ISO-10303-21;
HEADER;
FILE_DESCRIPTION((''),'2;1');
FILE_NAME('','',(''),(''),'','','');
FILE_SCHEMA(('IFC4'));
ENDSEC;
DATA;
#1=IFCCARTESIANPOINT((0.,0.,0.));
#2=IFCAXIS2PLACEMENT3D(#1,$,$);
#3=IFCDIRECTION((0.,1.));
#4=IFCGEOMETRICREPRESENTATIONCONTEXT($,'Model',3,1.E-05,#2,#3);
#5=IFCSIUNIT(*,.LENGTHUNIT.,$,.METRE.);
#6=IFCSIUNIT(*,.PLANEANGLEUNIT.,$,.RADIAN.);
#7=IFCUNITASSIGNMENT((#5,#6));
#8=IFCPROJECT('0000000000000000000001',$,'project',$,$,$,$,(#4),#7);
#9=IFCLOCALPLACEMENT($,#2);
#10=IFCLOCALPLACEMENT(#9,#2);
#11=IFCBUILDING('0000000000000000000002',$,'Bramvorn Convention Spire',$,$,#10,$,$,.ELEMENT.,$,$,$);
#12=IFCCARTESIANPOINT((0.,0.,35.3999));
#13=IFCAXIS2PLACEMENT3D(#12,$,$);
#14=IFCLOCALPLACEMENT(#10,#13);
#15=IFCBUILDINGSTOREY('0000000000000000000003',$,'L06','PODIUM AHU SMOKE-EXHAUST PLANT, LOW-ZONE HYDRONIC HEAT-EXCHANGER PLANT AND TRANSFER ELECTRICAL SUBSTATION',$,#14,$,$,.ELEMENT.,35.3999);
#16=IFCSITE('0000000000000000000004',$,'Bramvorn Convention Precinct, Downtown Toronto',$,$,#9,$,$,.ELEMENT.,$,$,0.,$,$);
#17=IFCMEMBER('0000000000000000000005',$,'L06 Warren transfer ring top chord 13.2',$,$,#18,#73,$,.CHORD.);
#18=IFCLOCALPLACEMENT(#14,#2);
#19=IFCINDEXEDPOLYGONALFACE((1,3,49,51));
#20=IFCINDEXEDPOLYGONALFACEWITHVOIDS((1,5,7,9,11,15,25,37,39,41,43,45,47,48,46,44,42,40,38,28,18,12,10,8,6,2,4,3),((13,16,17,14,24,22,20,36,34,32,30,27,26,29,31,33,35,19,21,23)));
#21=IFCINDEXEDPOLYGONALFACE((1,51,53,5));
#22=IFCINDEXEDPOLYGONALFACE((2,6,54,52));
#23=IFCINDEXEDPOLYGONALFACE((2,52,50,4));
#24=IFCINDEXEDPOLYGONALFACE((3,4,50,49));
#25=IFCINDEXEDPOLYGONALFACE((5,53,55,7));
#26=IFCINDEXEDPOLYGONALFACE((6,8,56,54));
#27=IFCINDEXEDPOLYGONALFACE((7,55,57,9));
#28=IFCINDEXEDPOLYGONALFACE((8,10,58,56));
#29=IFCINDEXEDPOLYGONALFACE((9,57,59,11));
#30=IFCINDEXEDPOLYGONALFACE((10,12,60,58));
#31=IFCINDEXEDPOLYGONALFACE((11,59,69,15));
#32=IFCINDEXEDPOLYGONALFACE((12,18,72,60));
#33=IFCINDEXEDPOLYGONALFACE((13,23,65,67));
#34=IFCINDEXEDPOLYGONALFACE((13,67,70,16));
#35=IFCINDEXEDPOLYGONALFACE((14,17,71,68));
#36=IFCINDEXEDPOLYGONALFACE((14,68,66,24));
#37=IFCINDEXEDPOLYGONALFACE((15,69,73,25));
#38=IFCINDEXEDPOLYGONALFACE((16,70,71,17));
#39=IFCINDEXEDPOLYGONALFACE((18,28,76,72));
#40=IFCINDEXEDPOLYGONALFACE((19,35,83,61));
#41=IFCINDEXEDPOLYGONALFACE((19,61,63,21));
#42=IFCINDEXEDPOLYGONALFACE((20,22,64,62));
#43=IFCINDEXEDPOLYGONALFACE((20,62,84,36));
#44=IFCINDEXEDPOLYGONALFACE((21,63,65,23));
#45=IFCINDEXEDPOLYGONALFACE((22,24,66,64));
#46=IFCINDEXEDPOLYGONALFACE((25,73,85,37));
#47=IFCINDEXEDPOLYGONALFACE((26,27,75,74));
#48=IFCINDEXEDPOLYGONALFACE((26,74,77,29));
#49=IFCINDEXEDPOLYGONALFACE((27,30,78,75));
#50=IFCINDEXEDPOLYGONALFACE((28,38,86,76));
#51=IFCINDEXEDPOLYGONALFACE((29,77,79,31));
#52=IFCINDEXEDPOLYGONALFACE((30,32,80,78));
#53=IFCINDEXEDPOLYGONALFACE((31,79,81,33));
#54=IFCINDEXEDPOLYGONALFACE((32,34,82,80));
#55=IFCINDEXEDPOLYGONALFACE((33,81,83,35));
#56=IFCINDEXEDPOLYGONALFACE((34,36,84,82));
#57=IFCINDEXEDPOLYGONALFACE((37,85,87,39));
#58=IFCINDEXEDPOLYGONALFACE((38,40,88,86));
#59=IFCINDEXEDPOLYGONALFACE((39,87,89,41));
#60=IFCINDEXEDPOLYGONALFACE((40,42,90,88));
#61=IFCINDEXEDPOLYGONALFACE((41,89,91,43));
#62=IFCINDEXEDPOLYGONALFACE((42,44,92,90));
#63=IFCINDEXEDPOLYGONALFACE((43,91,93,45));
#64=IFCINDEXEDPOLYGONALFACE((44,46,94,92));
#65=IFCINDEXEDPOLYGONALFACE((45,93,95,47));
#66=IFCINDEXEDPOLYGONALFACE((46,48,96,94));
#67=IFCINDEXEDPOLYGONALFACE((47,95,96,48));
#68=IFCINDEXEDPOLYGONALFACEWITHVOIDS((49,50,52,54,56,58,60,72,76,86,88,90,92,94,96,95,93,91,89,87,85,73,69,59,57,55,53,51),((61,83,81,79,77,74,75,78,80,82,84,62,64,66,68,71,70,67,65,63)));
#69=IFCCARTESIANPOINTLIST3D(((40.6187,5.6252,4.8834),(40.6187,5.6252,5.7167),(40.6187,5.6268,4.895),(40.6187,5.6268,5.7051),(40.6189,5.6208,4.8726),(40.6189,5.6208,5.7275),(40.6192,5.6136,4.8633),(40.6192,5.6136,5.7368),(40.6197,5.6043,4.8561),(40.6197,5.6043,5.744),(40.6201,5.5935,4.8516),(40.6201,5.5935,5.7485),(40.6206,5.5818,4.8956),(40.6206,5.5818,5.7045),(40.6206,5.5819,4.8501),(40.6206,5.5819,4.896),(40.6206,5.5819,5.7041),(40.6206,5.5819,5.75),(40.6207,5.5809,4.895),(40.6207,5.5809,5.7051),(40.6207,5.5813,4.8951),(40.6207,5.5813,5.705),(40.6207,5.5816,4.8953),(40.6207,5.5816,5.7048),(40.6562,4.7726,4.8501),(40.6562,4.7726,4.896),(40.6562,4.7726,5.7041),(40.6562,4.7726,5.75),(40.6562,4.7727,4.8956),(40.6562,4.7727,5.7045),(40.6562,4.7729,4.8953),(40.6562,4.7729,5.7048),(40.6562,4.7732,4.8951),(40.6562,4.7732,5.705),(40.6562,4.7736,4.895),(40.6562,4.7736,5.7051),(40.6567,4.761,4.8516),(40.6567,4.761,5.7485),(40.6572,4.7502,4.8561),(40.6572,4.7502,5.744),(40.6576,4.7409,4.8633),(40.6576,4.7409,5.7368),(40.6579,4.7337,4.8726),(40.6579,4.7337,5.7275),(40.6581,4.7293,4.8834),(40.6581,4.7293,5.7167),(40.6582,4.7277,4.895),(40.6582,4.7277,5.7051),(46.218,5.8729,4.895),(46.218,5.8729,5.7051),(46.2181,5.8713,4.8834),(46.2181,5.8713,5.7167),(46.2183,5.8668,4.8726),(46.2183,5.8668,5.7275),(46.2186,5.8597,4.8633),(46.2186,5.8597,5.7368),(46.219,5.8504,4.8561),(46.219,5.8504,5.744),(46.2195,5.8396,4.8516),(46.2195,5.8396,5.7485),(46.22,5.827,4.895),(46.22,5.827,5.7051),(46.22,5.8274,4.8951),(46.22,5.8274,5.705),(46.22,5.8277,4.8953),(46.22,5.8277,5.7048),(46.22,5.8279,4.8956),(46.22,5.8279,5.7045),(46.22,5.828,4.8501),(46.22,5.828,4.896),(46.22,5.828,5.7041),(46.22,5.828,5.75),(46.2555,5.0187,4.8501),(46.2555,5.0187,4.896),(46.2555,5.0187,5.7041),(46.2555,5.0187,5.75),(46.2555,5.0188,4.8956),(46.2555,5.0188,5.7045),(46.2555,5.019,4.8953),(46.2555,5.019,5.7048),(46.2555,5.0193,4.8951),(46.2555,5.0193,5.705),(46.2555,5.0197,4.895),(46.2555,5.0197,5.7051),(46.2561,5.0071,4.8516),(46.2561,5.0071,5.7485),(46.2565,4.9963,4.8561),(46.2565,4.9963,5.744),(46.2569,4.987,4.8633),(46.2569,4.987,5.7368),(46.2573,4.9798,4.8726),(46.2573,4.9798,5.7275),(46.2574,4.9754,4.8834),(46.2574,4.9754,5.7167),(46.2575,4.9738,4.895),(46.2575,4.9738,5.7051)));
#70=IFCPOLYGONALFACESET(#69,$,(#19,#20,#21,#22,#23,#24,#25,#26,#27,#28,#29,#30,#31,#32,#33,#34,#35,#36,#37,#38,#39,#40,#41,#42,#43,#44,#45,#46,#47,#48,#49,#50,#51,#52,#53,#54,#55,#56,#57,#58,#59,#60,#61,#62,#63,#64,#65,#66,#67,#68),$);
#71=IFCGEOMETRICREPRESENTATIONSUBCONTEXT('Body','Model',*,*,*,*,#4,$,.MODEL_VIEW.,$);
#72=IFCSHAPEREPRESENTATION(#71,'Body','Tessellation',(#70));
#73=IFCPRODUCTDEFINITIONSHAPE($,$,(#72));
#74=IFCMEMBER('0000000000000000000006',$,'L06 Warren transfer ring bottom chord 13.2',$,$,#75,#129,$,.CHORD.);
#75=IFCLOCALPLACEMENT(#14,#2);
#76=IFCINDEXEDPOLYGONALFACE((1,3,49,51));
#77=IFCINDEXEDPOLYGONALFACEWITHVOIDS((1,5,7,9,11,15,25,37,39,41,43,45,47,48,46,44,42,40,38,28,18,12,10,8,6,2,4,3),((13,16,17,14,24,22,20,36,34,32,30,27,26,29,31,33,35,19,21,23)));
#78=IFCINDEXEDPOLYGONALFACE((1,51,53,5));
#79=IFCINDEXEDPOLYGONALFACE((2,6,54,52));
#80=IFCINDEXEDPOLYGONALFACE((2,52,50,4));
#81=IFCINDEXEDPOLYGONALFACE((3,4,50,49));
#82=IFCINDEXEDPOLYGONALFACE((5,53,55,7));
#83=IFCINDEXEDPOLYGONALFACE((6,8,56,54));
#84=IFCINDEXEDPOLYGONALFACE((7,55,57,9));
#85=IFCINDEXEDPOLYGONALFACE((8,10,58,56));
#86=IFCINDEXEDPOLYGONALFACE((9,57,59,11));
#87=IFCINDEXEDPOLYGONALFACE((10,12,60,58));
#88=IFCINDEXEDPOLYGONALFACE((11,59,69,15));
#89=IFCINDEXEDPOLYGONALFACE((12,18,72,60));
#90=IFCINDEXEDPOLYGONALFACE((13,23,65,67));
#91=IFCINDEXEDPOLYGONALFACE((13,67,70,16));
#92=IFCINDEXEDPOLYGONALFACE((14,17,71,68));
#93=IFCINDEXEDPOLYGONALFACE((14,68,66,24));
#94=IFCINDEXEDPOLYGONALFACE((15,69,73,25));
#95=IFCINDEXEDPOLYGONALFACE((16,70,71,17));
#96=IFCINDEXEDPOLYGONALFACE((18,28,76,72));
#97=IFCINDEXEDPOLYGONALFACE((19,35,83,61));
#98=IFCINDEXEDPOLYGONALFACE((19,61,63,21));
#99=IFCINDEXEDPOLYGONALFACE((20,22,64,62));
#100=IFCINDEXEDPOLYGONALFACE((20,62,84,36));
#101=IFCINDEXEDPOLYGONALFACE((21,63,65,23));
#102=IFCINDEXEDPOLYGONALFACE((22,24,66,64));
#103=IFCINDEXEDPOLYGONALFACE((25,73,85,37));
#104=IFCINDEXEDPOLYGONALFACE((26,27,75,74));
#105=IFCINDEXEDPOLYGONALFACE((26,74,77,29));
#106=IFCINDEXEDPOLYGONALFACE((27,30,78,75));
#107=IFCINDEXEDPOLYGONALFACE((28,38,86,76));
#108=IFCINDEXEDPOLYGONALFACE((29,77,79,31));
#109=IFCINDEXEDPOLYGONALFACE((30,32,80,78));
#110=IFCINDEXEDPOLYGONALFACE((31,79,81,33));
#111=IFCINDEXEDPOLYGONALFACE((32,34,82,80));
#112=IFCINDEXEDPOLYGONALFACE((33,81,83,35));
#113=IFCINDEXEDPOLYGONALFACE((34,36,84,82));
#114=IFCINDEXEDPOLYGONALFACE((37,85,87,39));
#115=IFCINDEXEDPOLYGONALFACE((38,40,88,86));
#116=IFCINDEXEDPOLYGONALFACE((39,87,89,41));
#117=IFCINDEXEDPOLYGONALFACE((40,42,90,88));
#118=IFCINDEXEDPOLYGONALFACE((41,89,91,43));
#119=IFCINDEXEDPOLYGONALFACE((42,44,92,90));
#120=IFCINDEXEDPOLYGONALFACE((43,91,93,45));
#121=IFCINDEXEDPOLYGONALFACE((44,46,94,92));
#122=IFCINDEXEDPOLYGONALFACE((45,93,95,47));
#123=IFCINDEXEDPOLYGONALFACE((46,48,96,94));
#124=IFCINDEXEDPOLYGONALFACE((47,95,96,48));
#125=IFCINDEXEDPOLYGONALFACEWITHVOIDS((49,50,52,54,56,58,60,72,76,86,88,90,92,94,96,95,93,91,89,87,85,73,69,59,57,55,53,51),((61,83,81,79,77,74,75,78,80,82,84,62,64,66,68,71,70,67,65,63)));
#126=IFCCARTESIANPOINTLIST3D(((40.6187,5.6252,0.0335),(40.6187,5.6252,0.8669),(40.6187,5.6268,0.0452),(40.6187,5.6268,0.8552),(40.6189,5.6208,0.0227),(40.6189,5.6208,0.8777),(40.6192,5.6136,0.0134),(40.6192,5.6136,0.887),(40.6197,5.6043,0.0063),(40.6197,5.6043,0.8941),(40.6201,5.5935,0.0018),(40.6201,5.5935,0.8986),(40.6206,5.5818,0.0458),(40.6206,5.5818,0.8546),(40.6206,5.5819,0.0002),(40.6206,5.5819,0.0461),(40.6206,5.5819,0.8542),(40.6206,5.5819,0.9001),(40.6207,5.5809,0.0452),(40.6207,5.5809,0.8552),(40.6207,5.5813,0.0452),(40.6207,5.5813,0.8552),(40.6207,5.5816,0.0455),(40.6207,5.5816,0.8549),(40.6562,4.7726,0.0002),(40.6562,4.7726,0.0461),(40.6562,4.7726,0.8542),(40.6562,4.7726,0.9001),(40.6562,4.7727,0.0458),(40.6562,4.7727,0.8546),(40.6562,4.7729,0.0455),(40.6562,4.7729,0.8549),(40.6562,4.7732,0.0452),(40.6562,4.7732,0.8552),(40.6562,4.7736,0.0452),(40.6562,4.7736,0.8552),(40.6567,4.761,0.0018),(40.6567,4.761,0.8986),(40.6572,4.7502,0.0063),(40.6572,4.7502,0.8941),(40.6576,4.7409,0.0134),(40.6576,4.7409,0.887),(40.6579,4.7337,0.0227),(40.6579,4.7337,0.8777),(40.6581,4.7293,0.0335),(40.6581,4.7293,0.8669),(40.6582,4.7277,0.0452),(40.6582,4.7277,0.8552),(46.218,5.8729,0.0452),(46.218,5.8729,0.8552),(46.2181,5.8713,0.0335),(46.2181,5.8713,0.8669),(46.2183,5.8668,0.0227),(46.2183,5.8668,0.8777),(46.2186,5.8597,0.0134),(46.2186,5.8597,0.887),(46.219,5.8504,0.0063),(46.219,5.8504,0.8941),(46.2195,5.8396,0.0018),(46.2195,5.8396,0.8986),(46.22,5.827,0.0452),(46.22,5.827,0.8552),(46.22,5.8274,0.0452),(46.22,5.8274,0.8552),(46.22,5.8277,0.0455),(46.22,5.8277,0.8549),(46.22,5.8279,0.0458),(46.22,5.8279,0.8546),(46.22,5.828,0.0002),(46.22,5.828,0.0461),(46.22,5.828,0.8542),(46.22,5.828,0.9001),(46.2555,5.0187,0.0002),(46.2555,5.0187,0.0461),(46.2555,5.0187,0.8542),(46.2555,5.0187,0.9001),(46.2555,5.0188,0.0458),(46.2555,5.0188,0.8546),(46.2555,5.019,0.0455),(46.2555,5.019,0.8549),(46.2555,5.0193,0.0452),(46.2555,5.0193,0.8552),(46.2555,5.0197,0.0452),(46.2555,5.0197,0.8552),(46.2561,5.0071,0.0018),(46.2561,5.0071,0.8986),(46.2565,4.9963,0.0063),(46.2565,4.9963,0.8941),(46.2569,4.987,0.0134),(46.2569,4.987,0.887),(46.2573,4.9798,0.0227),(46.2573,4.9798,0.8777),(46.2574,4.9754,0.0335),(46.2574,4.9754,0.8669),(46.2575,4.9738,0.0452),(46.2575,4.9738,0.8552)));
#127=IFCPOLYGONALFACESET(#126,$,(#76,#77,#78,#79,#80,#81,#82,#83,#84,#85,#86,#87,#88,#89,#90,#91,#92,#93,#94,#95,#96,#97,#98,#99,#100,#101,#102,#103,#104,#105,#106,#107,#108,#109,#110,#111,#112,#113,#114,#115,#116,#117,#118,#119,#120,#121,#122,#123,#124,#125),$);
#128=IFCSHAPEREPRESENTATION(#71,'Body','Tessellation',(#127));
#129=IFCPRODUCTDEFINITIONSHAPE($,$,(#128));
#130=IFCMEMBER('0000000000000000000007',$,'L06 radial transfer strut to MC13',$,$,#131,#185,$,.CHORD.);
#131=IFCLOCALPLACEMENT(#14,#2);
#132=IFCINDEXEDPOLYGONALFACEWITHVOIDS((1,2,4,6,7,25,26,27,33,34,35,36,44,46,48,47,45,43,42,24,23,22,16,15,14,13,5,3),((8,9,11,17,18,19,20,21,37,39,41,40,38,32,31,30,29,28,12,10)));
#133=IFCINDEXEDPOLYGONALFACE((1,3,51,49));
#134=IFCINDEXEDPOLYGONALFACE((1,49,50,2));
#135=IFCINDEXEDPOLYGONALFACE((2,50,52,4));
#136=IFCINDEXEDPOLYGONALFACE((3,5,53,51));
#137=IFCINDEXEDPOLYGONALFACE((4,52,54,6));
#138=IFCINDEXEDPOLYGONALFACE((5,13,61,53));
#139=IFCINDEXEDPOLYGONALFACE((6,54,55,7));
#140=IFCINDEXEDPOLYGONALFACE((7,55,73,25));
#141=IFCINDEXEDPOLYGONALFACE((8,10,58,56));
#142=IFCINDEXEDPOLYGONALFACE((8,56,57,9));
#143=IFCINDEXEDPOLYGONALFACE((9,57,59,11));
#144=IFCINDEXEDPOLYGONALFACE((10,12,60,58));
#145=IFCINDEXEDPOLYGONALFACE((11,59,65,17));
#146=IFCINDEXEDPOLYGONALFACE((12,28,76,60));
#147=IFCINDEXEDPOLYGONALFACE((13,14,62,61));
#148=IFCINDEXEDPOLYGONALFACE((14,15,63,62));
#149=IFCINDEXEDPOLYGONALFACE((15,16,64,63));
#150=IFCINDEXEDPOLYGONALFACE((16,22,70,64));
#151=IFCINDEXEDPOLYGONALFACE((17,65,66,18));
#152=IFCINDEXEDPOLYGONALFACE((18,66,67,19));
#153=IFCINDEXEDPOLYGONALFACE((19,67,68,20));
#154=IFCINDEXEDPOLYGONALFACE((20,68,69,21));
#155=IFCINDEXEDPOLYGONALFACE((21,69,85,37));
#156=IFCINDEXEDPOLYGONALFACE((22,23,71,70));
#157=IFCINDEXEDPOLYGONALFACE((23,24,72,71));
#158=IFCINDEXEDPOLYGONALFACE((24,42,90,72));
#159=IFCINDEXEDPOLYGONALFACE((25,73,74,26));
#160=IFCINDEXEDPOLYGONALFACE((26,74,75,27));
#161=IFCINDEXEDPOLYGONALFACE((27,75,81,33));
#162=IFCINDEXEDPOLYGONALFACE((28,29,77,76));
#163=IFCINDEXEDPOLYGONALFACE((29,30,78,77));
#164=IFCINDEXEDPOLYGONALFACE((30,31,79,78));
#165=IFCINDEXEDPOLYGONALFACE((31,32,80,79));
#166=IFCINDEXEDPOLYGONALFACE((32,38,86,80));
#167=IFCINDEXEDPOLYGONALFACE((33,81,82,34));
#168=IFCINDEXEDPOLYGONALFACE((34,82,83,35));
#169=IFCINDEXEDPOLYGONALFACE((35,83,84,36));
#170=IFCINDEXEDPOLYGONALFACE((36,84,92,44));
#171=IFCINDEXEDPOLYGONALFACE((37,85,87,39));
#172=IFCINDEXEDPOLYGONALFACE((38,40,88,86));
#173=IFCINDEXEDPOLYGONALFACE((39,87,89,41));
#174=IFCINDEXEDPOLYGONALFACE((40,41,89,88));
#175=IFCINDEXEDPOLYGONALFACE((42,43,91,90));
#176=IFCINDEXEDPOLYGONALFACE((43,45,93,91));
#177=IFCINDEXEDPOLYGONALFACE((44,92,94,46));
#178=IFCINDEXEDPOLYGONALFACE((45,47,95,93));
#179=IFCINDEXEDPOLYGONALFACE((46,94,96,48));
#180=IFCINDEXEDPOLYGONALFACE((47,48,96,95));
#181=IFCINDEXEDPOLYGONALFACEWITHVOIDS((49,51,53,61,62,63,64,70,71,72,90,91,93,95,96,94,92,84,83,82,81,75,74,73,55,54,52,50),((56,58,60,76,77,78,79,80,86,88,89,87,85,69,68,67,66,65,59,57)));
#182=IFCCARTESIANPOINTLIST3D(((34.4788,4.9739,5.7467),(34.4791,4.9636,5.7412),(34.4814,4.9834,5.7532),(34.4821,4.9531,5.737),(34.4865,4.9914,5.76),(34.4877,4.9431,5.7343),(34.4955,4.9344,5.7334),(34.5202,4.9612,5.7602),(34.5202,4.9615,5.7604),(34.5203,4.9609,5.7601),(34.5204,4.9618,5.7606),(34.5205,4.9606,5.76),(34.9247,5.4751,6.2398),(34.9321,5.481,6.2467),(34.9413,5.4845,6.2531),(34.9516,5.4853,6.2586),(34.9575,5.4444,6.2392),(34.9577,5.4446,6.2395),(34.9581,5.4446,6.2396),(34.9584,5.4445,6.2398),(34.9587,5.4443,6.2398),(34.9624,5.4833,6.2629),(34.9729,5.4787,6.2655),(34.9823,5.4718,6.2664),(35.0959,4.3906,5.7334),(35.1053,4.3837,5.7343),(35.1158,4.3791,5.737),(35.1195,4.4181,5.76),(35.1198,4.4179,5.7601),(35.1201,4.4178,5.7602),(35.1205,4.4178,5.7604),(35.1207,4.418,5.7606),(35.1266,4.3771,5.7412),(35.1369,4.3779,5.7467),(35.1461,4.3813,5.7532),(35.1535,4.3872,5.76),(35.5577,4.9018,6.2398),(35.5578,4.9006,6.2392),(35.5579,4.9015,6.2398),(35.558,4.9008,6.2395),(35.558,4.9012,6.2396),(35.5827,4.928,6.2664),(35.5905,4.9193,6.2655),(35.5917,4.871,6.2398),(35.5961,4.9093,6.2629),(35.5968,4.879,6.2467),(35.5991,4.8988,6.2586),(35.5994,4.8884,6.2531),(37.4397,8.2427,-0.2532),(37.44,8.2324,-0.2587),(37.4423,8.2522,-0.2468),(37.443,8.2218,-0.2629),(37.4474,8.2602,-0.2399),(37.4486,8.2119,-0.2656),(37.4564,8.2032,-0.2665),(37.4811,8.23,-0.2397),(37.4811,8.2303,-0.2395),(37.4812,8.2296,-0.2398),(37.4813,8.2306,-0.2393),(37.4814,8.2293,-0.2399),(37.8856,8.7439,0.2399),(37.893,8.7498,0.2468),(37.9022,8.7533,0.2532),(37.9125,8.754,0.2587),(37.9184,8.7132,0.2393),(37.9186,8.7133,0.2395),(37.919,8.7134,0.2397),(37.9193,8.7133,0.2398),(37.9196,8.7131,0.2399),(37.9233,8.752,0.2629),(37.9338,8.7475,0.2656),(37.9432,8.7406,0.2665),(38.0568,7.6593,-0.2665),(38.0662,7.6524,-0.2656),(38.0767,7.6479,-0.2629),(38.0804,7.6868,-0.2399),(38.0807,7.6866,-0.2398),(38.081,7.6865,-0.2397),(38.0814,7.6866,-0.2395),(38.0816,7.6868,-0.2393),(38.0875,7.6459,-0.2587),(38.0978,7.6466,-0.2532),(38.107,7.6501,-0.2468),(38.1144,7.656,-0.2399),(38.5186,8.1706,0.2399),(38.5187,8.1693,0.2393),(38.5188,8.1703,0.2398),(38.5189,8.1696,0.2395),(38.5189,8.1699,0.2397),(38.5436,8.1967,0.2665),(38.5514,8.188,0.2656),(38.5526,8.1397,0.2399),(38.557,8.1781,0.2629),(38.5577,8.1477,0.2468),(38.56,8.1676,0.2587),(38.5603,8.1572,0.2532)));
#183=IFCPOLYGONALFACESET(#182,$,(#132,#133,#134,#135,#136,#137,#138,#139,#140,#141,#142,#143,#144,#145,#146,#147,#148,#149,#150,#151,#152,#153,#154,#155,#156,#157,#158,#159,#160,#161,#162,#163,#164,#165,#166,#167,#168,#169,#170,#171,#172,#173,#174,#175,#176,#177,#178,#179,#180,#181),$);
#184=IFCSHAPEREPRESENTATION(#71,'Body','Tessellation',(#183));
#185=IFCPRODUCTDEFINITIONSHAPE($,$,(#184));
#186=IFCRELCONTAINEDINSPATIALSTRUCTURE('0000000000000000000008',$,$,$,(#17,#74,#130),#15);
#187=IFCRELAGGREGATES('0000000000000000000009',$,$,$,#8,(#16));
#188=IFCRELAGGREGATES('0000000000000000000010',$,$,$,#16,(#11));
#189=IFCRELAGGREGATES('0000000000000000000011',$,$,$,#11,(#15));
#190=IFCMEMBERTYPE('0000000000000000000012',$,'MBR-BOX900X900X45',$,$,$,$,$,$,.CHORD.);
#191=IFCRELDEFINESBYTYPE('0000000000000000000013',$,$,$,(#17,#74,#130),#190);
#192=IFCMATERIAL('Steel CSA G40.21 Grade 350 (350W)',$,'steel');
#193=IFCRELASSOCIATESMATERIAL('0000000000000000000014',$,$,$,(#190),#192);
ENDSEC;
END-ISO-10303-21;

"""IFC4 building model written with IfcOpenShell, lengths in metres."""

from ifc_helpers import new_model, si_unit, direction, frame, origin, origin_2d, place, context, subcontext, project, spatial, hollow_rectangle, extrude, material, material_profile, profile_set, type_object, element, save


model = new_model("IFC4")

# Units and contexts
model_context = context("Model", 3, precision=1e-05, world=origin(), true_north=direction((0.0, 1.0)))
body_context = subcontext(model_context, "Body", "Model", "MODEL_VIEW")
ifc_project = project(units=[si_unit("LENGTHUNIT", "METRE"), si_unit("PLANEANGLEUNIT", "RADIAN")], contexts=[model_context])

# Site, building, storey
site_placement = place(None, origin())
site = spatial("IfcSite", under=ifc_project, at=site_placement, Name="Bramvorn Convention Precinct, Downtown Toronto", CompositionType="ELEMENT", RefElevation=0.0)
building_placement = place(site_placement, origin())
building = spatial("IfcBuilding", under=site, at=building_placement, Name="Bramvorn Convention Spire", CompositionType="ELEMENT")
storey_placement = place(building_placement, frame((0.0, 0.0, 35.3999)))
storey = spatial("IfcBuildingStorey", under=building, at=storey_placement, Name="L06", Description="PODIUM AHU SMOKE-EXHAUST PLANT, LOW-ZONE HYDRONIC HEAT-EXCHANGER PLANT AND TRANSFER ELECTRICAL SUBSTATION", CompositionType="ELEMENT", Elevation=35.3999)

# Shared definitions
ifc_material_1 = material(Name="Steel CSA G40.21 Grade 350 (350W)", Category="steel")

# Members
ifc_material_profile_1 = material_profile(ifc_material_1, hollow_rectangle(XDim=0.8999, YDim=0.8999, WallThickness=0.0449, InnerFilletRadius=0.001, OuterFilletRadius=0.0449, at=origin_2d()))
ifc_profile_set_1 = profile_set([ifc_material_profile_1], Name="Steel CSA G40.21 Grade 350 (350W) - BOX900X900X45")
member_type_1 = type_object("IfcMemberType", Name="MBR-BOX900X900X45", PredefinedType="CHORD", material=ifc_profile_set_1)
for number, where, z_axis, x_axis, name in (
    (1, (40.6384, 5.1772, 5.3), (0.999036, 0.043908, 0.0), (-0.043908, 0.999036, 0.0), "L06 Warren transfer ring top chord 13.2"),
    (2, (40.6384, 5.1772, 0.4502), (0.999036, 0.043908, 0.0), (-0.043908, 0.999036, 0.0), "L06 Warren transfer ring bottom chord 13.2"),
):
    element("IfcMember", number, at=place(storey_placement, frame(where, z_axis=z_axis, x_axis=x_axis)), inside=storey, type_object=member_type_1, Name=name, PredefinedType="CHORD", context=body_context, shape_type="SweptSolid", body=[
        extrude(hollow_rectangle(XDim=0.8999, YDim=0.8999, WallThickness=0.0449, InnerFilletRadius=0.001, OuterFilletRadius=0.0449, at=origin_2d()), origin(), (0.0, 0.0, 1.0), 5.6047),
    ])
member_1_placement = place(storey_placement, frame((38.0, 8.2, 0.0), z_axis=(-0.397622, -0.438964, 0.805734), x_axis=(0.741146, -0.671344, 0.0)))
element("IfcMember", 3, at=member_1_placement, inside=storey, type_object=member_type_1, Name="L06 radial transfer strut to MC13", PredefinedType="CHORD", context=body_context, shape_type="SweptSolid", body=[
    extrude(hollow_rectangle(XDim=0.8999, YDim=0.8999, WallThickness=0.0449, InnerFilletRadius=0.001, OuterFilletRadius=0.0449, at=origin_2d()), origin(), (0.0, 0.0, 1.0), 7.4465),
])

save(model, "model.ifc")
